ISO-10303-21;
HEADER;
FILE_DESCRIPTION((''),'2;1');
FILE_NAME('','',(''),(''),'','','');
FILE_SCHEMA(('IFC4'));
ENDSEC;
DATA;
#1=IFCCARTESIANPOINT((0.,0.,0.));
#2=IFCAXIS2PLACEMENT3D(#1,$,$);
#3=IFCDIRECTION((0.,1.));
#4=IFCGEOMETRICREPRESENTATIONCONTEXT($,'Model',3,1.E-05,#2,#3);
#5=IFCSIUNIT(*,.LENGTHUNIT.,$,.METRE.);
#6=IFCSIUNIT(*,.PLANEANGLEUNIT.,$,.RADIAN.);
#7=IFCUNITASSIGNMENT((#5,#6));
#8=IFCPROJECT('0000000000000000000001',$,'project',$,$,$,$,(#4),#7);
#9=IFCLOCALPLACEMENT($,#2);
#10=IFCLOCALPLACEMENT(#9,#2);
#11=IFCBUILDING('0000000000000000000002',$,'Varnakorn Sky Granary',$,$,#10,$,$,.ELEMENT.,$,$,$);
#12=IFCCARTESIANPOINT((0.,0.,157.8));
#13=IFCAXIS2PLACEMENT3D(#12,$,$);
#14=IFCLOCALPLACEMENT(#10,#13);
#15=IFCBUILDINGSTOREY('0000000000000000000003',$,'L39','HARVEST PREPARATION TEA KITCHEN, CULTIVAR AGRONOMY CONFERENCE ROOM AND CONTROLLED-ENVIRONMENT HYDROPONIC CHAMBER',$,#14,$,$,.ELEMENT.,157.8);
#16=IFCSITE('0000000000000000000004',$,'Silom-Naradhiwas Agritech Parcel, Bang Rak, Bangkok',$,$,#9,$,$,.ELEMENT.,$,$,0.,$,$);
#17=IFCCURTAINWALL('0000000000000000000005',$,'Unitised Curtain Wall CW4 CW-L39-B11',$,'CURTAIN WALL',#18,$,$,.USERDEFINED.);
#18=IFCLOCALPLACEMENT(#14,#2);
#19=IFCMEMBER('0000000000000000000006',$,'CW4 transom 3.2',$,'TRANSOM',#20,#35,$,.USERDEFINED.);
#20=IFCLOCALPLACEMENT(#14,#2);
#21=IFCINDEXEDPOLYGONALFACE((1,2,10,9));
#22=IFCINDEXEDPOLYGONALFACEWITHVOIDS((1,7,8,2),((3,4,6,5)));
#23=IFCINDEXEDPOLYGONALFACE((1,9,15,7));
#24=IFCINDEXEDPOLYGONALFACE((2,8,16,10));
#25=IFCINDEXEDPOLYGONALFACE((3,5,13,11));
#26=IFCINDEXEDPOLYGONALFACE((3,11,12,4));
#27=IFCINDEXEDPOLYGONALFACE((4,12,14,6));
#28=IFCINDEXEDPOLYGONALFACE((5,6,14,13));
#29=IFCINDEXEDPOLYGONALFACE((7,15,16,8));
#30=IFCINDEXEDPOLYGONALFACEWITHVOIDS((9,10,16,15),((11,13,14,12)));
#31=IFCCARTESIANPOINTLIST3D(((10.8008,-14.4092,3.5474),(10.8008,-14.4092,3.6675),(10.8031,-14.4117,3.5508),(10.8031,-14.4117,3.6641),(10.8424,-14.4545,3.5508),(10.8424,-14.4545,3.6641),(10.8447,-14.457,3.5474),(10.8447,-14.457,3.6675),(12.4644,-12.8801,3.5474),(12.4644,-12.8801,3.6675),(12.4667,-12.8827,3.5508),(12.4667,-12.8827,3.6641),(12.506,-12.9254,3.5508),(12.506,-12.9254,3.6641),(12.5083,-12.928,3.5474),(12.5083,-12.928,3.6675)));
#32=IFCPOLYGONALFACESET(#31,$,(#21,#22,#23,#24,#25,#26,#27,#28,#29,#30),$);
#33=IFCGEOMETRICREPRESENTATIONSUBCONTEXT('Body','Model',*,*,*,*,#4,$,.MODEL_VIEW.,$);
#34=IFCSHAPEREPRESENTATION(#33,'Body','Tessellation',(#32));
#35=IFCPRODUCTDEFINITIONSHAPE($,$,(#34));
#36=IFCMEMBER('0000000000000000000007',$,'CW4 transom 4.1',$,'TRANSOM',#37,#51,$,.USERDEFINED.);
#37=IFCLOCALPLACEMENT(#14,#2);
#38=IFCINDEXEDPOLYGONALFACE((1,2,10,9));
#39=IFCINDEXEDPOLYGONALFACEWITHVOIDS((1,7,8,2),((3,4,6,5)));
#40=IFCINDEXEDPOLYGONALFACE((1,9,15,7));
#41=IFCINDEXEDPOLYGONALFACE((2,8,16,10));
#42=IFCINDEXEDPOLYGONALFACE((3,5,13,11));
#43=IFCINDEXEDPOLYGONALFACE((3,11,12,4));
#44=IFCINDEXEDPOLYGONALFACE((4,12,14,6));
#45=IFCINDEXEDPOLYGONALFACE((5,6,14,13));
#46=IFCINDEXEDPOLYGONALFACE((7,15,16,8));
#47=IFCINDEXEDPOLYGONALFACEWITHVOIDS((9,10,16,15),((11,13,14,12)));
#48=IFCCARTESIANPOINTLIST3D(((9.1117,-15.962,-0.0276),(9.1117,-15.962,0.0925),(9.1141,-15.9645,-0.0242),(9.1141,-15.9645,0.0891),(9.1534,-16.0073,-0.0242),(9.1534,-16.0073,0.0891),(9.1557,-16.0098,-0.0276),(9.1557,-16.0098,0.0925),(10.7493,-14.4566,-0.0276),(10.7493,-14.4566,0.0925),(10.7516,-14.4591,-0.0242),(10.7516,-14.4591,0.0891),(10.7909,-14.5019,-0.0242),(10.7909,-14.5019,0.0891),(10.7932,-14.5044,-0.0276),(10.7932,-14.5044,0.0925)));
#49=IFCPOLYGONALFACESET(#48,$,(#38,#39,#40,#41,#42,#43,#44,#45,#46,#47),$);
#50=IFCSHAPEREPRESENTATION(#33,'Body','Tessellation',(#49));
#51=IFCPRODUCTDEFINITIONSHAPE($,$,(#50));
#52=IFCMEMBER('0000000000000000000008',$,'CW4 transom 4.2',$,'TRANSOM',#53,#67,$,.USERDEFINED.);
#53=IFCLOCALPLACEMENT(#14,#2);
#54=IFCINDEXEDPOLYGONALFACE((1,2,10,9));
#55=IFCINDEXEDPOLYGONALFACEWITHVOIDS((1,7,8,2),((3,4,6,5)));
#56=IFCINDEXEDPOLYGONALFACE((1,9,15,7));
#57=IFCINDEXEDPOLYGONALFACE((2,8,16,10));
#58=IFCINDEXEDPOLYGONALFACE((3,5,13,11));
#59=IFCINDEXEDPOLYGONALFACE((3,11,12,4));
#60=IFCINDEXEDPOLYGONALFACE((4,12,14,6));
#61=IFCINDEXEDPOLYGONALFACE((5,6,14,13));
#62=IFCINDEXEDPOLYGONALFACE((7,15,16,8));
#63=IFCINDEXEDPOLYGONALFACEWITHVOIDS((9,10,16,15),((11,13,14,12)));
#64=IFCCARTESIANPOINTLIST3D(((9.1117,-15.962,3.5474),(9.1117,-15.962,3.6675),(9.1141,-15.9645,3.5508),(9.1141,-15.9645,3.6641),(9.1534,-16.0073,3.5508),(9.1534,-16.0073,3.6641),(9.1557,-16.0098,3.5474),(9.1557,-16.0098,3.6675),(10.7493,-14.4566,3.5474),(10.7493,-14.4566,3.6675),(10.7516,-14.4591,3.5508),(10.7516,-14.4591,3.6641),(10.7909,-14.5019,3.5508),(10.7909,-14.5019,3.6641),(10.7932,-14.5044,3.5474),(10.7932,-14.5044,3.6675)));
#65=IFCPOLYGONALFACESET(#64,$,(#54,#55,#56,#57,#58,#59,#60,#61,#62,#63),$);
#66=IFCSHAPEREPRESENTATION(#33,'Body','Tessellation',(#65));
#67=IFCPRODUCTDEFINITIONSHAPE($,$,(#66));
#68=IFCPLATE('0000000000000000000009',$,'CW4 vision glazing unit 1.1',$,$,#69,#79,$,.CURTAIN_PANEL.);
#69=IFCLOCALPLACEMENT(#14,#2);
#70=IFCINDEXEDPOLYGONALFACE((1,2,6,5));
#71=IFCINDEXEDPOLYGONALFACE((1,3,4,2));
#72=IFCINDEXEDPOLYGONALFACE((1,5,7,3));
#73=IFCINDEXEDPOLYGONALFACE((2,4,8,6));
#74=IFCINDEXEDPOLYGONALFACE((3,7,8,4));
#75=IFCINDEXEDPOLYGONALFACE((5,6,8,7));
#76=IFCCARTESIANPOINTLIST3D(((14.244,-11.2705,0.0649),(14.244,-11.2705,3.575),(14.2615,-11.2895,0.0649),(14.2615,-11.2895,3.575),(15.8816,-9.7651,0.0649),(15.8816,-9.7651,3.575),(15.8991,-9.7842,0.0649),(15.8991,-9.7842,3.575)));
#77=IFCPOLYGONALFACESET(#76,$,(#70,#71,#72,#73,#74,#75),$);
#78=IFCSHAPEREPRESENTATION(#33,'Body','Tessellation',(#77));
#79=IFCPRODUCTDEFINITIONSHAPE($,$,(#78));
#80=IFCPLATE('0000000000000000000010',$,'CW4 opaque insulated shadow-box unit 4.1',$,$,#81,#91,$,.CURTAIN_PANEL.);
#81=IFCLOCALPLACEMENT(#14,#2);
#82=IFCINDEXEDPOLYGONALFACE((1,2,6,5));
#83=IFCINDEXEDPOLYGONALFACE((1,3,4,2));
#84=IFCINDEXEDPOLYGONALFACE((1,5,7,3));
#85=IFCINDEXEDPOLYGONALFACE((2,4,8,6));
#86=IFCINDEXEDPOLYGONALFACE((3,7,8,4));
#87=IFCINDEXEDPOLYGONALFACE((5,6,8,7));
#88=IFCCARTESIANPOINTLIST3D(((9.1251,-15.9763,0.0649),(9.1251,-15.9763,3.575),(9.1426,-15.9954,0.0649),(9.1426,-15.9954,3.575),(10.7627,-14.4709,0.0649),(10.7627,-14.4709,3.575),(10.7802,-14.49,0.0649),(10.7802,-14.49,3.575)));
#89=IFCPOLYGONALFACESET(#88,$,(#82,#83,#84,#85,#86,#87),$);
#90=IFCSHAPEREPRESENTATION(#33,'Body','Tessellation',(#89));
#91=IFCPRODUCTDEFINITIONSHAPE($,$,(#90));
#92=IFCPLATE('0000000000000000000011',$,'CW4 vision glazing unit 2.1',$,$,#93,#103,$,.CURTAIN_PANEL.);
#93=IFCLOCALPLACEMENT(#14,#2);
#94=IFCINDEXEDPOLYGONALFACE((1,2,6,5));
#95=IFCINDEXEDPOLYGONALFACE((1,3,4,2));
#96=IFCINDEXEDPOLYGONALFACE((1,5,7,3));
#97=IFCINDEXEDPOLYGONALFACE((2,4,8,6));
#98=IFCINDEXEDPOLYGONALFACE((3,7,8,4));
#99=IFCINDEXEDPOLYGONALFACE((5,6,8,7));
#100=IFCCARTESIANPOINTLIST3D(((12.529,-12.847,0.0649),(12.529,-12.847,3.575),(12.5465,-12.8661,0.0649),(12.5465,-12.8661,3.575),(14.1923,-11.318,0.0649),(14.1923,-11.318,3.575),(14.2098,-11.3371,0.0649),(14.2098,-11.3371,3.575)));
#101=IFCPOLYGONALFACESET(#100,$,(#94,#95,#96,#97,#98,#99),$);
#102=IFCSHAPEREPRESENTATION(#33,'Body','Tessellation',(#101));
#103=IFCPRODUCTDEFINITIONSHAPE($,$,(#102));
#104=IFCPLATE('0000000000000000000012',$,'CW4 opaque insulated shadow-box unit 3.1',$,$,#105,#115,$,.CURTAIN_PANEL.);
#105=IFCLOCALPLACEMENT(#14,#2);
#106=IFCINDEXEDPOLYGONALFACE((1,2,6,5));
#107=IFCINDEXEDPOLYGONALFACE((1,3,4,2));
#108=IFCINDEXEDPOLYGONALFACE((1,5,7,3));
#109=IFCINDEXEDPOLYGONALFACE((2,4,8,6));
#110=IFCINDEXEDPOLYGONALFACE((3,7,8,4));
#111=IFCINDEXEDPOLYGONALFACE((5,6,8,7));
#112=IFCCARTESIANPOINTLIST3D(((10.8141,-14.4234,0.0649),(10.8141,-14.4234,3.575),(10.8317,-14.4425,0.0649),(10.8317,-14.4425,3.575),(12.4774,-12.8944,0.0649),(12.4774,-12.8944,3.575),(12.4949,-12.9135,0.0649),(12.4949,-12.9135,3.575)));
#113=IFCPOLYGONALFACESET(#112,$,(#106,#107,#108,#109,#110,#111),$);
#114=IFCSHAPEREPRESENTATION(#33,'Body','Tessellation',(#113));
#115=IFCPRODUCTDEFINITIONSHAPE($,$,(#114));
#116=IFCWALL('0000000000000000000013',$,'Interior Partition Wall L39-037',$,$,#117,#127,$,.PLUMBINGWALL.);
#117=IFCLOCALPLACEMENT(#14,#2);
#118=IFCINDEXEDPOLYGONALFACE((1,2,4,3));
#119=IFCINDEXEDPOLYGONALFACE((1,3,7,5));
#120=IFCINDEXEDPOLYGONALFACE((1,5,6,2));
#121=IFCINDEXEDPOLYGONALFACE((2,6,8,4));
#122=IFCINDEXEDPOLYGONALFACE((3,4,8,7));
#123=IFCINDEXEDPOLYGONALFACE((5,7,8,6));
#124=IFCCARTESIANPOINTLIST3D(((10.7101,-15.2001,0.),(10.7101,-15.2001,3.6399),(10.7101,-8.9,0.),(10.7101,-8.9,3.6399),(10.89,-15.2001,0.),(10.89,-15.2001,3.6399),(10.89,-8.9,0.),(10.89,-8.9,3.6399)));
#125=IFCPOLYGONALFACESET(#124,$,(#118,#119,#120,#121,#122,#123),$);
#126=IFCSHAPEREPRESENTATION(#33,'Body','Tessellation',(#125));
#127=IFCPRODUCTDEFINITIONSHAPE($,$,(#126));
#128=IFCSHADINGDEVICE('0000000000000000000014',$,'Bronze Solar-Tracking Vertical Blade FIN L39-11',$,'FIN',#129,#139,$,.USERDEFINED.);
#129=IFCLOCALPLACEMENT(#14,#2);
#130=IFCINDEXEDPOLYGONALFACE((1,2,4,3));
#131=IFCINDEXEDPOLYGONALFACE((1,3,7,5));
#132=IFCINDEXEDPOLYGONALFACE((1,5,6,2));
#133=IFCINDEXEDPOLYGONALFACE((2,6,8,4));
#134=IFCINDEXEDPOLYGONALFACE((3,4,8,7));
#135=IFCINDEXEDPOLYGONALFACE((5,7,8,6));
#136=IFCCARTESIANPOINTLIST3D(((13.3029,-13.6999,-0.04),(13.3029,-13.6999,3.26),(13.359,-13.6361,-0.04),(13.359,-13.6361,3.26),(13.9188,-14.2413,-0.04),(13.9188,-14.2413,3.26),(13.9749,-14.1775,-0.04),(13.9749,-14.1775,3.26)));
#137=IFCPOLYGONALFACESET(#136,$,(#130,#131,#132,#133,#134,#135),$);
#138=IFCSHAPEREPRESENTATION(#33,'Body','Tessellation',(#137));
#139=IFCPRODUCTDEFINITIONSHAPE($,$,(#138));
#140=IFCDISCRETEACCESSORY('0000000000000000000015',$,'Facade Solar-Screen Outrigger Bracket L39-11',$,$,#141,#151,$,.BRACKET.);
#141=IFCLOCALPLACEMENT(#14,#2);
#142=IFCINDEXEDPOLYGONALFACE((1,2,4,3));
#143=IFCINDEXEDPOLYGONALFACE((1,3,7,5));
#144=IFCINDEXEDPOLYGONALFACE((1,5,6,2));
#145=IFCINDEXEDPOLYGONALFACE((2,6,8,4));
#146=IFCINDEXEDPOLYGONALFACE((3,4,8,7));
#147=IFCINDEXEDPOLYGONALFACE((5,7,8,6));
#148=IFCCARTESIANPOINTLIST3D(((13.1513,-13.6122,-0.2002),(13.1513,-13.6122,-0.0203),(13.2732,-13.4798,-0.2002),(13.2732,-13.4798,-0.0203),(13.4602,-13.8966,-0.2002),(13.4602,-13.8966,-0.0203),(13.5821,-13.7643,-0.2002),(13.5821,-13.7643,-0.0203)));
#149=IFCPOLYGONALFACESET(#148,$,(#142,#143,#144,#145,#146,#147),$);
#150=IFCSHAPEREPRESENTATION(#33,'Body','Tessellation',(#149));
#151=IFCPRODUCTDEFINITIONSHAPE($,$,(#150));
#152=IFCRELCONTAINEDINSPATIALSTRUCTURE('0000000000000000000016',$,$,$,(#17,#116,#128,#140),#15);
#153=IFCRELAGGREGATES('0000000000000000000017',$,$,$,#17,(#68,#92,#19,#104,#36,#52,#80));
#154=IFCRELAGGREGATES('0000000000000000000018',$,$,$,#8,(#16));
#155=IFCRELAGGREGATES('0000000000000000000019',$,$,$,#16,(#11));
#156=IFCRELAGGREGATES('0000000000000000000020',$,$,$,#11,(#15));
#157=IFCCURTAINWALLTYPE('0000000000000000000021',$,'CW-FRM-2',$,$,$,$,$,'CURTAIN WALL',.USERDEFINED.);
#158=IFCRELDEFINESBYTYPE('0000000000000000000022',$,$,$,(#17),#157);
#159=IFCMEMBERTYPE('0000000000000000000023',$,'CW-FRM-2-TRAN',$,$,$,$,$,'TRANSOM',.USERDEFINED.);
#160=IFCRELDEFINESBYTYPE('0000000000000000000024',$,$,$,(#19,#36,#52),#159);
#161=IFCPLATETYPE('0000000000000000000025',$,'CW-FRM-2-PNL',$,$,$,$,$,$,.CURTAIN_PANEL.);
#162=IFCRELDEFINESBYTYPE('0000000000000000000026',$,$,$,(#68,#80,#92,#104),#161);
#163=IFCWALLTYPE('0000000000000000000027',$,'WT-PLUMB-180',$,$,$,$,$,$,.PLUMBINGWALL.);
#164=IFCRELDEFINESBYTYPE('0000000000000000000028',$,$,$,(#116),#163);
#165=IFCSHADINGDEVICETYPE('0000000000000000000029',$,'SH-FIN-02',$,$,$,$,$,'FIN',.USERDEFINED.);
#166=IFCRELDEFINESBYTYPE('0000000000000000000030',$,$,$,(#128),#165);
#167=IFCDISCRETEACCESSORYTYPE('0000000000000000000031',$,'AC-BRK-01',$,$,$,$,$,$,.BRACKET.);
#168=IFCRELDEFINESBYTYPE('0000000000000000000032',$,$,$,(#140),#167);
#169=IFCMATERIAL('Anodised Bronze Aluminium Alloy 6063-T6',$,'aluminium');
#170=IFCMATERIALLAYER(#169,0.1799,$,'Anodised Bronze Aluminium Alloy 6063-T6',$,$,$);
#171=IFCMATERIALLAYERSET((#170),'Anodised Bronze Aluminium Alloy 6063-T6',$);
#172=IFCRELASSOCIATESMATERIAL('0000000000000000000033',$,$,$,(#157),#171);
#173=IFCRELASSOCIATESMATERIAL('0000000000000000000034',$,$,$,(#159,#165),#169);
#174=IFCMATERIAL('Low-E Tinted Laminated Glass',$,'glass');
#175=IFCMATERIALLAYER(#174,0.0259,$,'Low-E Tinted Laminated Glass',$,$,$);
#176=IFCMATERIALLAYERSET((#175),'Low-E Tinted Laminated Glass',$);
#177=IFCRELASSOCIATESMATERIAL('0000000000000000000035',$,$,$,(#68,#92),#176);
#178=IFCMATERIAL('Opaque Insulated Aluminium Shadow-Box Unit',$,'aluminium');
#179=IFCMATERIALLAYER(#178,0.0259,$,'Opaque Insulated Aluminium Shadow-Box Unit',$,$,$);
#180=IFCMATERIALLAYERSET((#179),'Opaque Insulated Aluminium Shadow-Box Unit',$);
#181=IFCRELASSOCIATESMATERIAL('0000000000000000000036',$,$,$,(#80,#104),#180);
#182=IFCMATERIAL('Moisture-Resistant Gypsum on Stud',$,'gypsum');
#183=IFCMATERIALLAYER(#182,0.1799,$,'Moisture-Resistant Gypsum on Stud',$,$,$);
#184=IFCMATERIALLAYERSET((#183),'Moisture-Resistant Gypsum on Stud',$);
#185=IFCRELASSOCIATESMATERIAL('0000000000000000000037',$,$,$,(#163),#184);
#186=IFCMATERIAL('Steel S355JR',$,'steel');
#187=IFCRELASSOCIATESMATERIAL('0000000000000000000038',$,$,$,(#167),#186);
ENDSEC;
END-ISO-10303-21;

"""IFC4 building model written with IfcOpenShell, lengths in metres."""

from ifc_helpers import new_model, si_unit, direction, frame, frame_2d, origin, origin_2d, place, context, subcontext, project, spatial, rectangle, hollow_rectangle, extrude, source, transform, mapped, material, layer, layer_set, material_profile, profile_set, type_object, type_shapes, element, aggregate, save


model = new_model("IFC4")

# Units and contexts
model_context = context("Model", 3, precision=1e-05, world=origin(), true_north=direction((0.0, 1.0)))
body_context = subcontext(model_context, "Body", "Model", "MODEL_VIEW")
ifc_project = project(units=[si_unit("LENGTHUNIT", "METRE"), si_unit("PLANEANGLEUNIT", "RADIAN")], contexts=[model_context])

# Site, building, storey
site_placement = place(None, origin())
site = spatial("IfcSite", under=ifc_project, at=site_placement, Name="Silom-Naradhiwas Agritech Parcel, Bang Rak, Bangkok", CompositionType="ELEMENT", RefElevation=0.0)
building_placement = place(site_placement, origin())
building = spatial("IfcBuilding", under=site, at=building_placement, Name="Varnakorn Sky Granary", CompositionType="ELEMENT")
storey_placement = place(building_placement, frame((0.0, 0.0, 157.8)))
storey = spatial("IfcBuildingStorey", under=building, at=storey_placement, Name="L39", Description="HARVEST PREPARATION TEA KITCHEN, CULTIVAR AGRONOMY CONFERENCE ROOM AND CONTROLLED-ENVIRONMENT HYDROPONIC CHAMBER", CompositionType="ELEMENT", Elevation=157.8)

# Shared definitions
ifc_material_1 = material(Name="Steel S355JR", Category="steel")

# Curtain wall, members, plates
ifc_material_2 = material(Name="Anodised Bronze Aluminium Alloy 6063-T6", Category="aluminium")
ifc_layer_1 = layer(ifc_material_2, 0.1799, Name="Anodised Bronze Aluminium Alloy 6063-T6")
ifc_layer_set_1 = layer_set([ifc_layer_1], Name="Anodised Bronze Aluminium Alloy 6063-T6")
curtain_wall_type = type_object("IfcCurtainWallType", Name="CW-FRM-2", ElementType="CURTAIN WALL", PredefinedType="USERDEFINED", material=ifc_layer_set_1)
curtain_wall_placement = place(storey_placement, origin())
curtain_wall = element("IfcCurtainWall", 1, at=curtain_wall_placement, inside=storey, type_object=curtain_wall_type, Name="Unitised Curtain Wall CW4 CW-L39-B11", ObjectType="CURTAIN WALL", PredefinedType="USERDEFINED")
ifc_material_profile_1 = material_profile(ifc_material_2, hollow_rectangle(XDim=0.0649, YDim=0.1201, WallThickness=0.0034, at=origin_2d()), Name="ALU TRAN 65x120")
ifc_profile_set_1 = profile_set([ifc_material_profile_1], Name="Anodised Bronze Aluminium Alloy 6063-T6")
member_type_1 = type_object("IfcMemberType", Name="CW-FRM-2-TRAN", ElementType="TRANSOM", PredefinedType="USERDEFINED", material=ifc_profile_set_1)
member_1_placement = place(storey_placement, frame((12.4863, -12.9041, 3.6074), z_axis=(-0.736247, -0.676712, 0.0), x_axis=(0.676712, -0.736247, 0.0)))
member_1 = element("IfcMember", 2, at=member_1_placement, type_object=member_type_1, Name="CW4 transom 3.2", ObjectType="TRANSOM", PredefinedType="USERDEFINED", context=body_context, shape_type="SweptSolid", body=[
    extrude(hollow_rectangle(XDim=0.0649, YDim=0.1201, WallThickness=0.0034, at=origin_2d()), origin(), (0.0, 0.0, 1.0), 2.2595),
])
member_2_placement = place(storey_placement, frame((10.7712, -14.4805, 0.0325), z_axis=(-0.736174, -0.676793, 0.0), x_axis=(0.676793, -0.736174, 0.0)))
member_2 = element("IfcMember", 3, at=member_2_placement, type_object=member_type_1, Name="CW4 transom 4.1", ObjectType="TRANSOM", PredefinedType="USERDEFINED", context=body_context, shape_type="SweptSolid", body=[
    extrude(hollow_rectangle(XDim=0.0649, YDim=0.1201, WallThickness=0.0034, at=origin_2d()), origin(), (0.0, 0.0, 1.0), 2.2244),
])
member_3_placement = place(storey_placement, frame((10.7712, -14.4805, 3.6074), z_axis=(-0.736174, -0.676793, 0.0), x_axis=(0.676793, -0.736174, 0.0)))
member_3 = element("IfcMember", 4, at=member_3_placement, type_object=member_type_1, Name="CW4 transom 4.2", ObjectType="TRANSOM", PredefinedType="USERDEFINED", context=body_context, shape_type="SweptSolid", body=[
    extrude(hollow_rectangle(XDim=0.0649, YDim=0.1201, WallThickness=0.0034, at=origin_2d()), origin(), (0.0, 0.0, 1.0), 2.2244),
])
ifc_material_3 = material(Name="Low-E Tinted Laminated Glass", Category="glass")
ifc_layer_2 = layer(ifc_material_3, 0.0259, Name="Low-E Tinted Laminated Glass")
ifc_layer_set_2 = layer_set([ifc_layer_2], Name="Low-E Tinted Laminated Glass")
plate_type = type_object("IfcPlateType", Name="CW-FRM-2-PNL", PredefinedType="CURTAIN_PANEL")
shared_shape_1 = source(origin(), body_context, "Body", "SweptSolid", [
    extrude(rectangle(XDim=2.2244, YDim=0.0259, at=origin_2d()), origin(), (0.0, 0.0, 1.0), 3.51),
])
plate_1_placement = place(storey_placement, frame((15.0715, -10.5273, 0.0649), z_axis=(0.0, 0.0, 1.0), x_axis=(-0.736205, -0.676758, 0.0)))
plate_1 = element("IfcPlate", 5, at=plate_1_placement, type_object=plate_type, material=ifc_layer_set_2, Name="CW4 vision glazing unit 1.1", PredefinedType="CURTAIN_PANEL", context=body_context, shape_type="MappedRepresentation", body=[
    mapped(shared_shape_1, transform((0.0, 0.0, 0.0), x_axis=(1.0, 0.0, 0.0), y_axis=(0.0, 1.0, 0.0), z_axis=(0.0, 0.0, 1.0), scale=1.0)),
])
ifc_material_4 = material(Name="Opaque Insulated Aluminium Shadow-Box Unit", Category="aluminium")
ifc_layer_3 = layer(ifc_material_4, 0.0259, Name="Opaque Insulated Aluminium Shadow-Box Unit")
ifc_layer_set_3 = layer_set([ifc_layer_3], Name="Opaque Insulated Aluminium Shadow-Box Unit")
plate_2_placement = place(storey_placement, frame((9.9526, -15.2332, 0.0649), z_axis=(0.0, 0.0, 1.0), x_axis=(-0.736205, -0.676758, 0.0)))
plate_2 = element("IfcPlate", 6, at=plate_2_placement, type_object=plate_type, material=ifc_layer_set_3, Name="CW4 opaque insulated shadow-box unit 4.1", PredefinedType="CURTAIN_PANEL", context=body_context, shape_type="MappedRepresentation", body=[
    mapped(shared_shape_1, transform((0.0, 0.0, 0.0), x_axis=(1.0, 0.0, 0.0), y_axis=(0.0, 1.0, 0.0), z_axis=(0.0, 0.0, 1.0), scale=1.0)),
])
shared_shape_2 = source(origin(), body_context, "Body", "SweptSolid", [
    extrude(rectangle(XDim=2.2593, YDim=0.0259, at=origin_2d()), origin(), (0.0, 0.0, 1.0), 3.51),
])
type_shapes(plate_type, [shared_shape_1, shared_shape_2])
plate_3_placement = place(storey_placement, frame((13.3694, -12.092, 0.0649), z_axis=(0.0, 0.0, 1.0), x_axis=(-0.736205, -0.676758, 0.0)))
plate_3 = element("IfcPlate", 7, at=plate_3_placement, type_object=plate_type, material=ifc_layer_set_2, Name="CW4 vision glazing unit 2.1", PredefinedType="CURTAIN_PANEL", context=body_context, shape_type="MappedRepresentation", body=[
    mapped(shared_shape_2, transform((0.0, 0.0, 0.0), x_axis=(1.0, 0.0, 0.0), y_axis=(0.0, 1.0, 0.0), z_axis=(0.0, 0.0, 1.0), scale=1.0)),
])
plate_4_placement = place(storey_placement, frame((11.6545, -13.6685, 0.0649), z_axis=(0.0, 0.0, 1.0), x_axis=(-0.736205, -0.676758, 0.0)))
plate_4 = element("IfcPlate", 8, at=plate_4_placement, type_object=plate_type, material=ifc_layer_set_3, Name="CW4 opaque insulated shadow-box unit 3.1", PredefinedType="CURTAIN_PANEL", context=body_context, shape_type="MappedRepresentation", body=[
    mapped(shared_shape_2, transform((0.0, 0.0, 0.0), x_axis=(1.0, 0.0, 0.0), y_axis=(0.0, 1.0, 0.0), z_axis=(0.0, 0.0, 1.0), scale=1.0)),
])
aggregate(curtain_wall, [plate_1, plate_3, member_1, plate_4, member_2, member_3, plate_2])

# Wall
ifc_material_5 = material(Name="Moisture-Resistant Gypsum on Stud", Category="gypsum")
ifc_layer_4 = layer(ifc_material_5, 0.1799, Name="Moisture-Resistant Gypsum on Stud")
ifc_layer_set_4 = layer_set([ifc_layer_4], Name="Moisture-Resistant Gypsum on Stud")
wall_type = type_object("IfcWallType", Name="WT-PLUMB-180", PredefinedType="PLUMBINGWALL", material=ifc_layer_set_4)
wall_placement = place(storey_placement, frame((10.8, -15.2, 0.0), z_axis=(0.0, 0.0, 1.0), x_axis=(0.0, 1.0, 0.0)))
element("IfcWall", 9, at=wall_placement, inside=storey, type_object=wall_type, Name="Interior Partition Wall L39-037", PredefinedType="PLUMBINGWALL", context=body_context, shape_type="SweptSolid", body=[
    extrude(rectangle(XDim=6.3, YDim=0.1799, at=frame_2d((3.1499, 0.0))), origin(), (0.0, 0.0, 1.0), 3.6399),
])

# Shading device
shading_device_type = type_object("IfcShadingDeviceType", Name="SH-FIN-02", ElementType="FIN", PredefinedType="USERDEFINED", material=ifc_material_2)
shared_shape_3 = source(origin(), body_context, "Body", "SweptSolid", [
    extrude(rectangle(XDim=0.085, YDim=0.8201, at=origin_2d()), origin(), (0.0, 0.0, 1.0), 3.3),
])
type_shapes(shading_device_type, [shared_shape_3])
shading_device_placement = place(storey_placement, frame((13.6389, -13.9387, -0.04), z_axis=(0.0, 0.0, 1.0), x_axis=(0.660237, 0.751058, 0.0)))
element("IfcShadingDevice", 10, at=shading_device_placement, inside=storey, type_object=shading_device_type, Name="Bronze Solar-Tracking Vertical Blade FIN L39-11", ObjectType="FIN", PredefinedType="USERDEFINED", context=body_context, shape_type="MappedRepresentation", body=[
    mapped(shared_shape_3, transform((0.0, 0.0, 0.0), x_axis=(1.0, 0.0, 0.0), y_axis=(0.0, 1.0, 0.0), z_axis=(0.0, 0.0, 1.0), scale=1.0)),
])

# Discrete accessory
discrete_accessory_type = type_object("IfcDiscreteAccessoryType", Name="AC-BRK-01", PredefinedType="BRACKET", material=ifc_material_1)
shared_shape_4 = source(origin(), body_context, "Body", "SweptSolid", [
    extrude(rectangle(XDim=0.1799, YDim=0.4199, at=origin_2d()), origin(), (0.0, 0.0, 1.0), 0.1799),
])
type_shapes(discrete_accessory_type, [shared_shape_4])
discrete_accessory_placement = place(storey_placement, frame((13.3667, -13.6882, -0.2002), z_axis=(0.0, 0.0, 1.0), x_axis=(0.677344, 0.735666, 0.0)))
element("IfcDiscreteAccessory", 11, at=discrete_accessory_placement, inside=storey, type_object=discrete_accessory_type, Name="Facade Solar-Screen Outrigger Bracket L39-11", PredefinedType="BRACKET", context=body_context, shape_type="MappedRepresentation", body=[
    mapped(shared_shape_4, transform((0.0, 0.0, 0.0), x_axis=(1.0, 0.0, 0.0), y_axis=(0.0, 1.0, 0.0), z_axis=(0.0, 0.0, 1.0), scale=1.0)),
])

save(model, "model.ifc")
